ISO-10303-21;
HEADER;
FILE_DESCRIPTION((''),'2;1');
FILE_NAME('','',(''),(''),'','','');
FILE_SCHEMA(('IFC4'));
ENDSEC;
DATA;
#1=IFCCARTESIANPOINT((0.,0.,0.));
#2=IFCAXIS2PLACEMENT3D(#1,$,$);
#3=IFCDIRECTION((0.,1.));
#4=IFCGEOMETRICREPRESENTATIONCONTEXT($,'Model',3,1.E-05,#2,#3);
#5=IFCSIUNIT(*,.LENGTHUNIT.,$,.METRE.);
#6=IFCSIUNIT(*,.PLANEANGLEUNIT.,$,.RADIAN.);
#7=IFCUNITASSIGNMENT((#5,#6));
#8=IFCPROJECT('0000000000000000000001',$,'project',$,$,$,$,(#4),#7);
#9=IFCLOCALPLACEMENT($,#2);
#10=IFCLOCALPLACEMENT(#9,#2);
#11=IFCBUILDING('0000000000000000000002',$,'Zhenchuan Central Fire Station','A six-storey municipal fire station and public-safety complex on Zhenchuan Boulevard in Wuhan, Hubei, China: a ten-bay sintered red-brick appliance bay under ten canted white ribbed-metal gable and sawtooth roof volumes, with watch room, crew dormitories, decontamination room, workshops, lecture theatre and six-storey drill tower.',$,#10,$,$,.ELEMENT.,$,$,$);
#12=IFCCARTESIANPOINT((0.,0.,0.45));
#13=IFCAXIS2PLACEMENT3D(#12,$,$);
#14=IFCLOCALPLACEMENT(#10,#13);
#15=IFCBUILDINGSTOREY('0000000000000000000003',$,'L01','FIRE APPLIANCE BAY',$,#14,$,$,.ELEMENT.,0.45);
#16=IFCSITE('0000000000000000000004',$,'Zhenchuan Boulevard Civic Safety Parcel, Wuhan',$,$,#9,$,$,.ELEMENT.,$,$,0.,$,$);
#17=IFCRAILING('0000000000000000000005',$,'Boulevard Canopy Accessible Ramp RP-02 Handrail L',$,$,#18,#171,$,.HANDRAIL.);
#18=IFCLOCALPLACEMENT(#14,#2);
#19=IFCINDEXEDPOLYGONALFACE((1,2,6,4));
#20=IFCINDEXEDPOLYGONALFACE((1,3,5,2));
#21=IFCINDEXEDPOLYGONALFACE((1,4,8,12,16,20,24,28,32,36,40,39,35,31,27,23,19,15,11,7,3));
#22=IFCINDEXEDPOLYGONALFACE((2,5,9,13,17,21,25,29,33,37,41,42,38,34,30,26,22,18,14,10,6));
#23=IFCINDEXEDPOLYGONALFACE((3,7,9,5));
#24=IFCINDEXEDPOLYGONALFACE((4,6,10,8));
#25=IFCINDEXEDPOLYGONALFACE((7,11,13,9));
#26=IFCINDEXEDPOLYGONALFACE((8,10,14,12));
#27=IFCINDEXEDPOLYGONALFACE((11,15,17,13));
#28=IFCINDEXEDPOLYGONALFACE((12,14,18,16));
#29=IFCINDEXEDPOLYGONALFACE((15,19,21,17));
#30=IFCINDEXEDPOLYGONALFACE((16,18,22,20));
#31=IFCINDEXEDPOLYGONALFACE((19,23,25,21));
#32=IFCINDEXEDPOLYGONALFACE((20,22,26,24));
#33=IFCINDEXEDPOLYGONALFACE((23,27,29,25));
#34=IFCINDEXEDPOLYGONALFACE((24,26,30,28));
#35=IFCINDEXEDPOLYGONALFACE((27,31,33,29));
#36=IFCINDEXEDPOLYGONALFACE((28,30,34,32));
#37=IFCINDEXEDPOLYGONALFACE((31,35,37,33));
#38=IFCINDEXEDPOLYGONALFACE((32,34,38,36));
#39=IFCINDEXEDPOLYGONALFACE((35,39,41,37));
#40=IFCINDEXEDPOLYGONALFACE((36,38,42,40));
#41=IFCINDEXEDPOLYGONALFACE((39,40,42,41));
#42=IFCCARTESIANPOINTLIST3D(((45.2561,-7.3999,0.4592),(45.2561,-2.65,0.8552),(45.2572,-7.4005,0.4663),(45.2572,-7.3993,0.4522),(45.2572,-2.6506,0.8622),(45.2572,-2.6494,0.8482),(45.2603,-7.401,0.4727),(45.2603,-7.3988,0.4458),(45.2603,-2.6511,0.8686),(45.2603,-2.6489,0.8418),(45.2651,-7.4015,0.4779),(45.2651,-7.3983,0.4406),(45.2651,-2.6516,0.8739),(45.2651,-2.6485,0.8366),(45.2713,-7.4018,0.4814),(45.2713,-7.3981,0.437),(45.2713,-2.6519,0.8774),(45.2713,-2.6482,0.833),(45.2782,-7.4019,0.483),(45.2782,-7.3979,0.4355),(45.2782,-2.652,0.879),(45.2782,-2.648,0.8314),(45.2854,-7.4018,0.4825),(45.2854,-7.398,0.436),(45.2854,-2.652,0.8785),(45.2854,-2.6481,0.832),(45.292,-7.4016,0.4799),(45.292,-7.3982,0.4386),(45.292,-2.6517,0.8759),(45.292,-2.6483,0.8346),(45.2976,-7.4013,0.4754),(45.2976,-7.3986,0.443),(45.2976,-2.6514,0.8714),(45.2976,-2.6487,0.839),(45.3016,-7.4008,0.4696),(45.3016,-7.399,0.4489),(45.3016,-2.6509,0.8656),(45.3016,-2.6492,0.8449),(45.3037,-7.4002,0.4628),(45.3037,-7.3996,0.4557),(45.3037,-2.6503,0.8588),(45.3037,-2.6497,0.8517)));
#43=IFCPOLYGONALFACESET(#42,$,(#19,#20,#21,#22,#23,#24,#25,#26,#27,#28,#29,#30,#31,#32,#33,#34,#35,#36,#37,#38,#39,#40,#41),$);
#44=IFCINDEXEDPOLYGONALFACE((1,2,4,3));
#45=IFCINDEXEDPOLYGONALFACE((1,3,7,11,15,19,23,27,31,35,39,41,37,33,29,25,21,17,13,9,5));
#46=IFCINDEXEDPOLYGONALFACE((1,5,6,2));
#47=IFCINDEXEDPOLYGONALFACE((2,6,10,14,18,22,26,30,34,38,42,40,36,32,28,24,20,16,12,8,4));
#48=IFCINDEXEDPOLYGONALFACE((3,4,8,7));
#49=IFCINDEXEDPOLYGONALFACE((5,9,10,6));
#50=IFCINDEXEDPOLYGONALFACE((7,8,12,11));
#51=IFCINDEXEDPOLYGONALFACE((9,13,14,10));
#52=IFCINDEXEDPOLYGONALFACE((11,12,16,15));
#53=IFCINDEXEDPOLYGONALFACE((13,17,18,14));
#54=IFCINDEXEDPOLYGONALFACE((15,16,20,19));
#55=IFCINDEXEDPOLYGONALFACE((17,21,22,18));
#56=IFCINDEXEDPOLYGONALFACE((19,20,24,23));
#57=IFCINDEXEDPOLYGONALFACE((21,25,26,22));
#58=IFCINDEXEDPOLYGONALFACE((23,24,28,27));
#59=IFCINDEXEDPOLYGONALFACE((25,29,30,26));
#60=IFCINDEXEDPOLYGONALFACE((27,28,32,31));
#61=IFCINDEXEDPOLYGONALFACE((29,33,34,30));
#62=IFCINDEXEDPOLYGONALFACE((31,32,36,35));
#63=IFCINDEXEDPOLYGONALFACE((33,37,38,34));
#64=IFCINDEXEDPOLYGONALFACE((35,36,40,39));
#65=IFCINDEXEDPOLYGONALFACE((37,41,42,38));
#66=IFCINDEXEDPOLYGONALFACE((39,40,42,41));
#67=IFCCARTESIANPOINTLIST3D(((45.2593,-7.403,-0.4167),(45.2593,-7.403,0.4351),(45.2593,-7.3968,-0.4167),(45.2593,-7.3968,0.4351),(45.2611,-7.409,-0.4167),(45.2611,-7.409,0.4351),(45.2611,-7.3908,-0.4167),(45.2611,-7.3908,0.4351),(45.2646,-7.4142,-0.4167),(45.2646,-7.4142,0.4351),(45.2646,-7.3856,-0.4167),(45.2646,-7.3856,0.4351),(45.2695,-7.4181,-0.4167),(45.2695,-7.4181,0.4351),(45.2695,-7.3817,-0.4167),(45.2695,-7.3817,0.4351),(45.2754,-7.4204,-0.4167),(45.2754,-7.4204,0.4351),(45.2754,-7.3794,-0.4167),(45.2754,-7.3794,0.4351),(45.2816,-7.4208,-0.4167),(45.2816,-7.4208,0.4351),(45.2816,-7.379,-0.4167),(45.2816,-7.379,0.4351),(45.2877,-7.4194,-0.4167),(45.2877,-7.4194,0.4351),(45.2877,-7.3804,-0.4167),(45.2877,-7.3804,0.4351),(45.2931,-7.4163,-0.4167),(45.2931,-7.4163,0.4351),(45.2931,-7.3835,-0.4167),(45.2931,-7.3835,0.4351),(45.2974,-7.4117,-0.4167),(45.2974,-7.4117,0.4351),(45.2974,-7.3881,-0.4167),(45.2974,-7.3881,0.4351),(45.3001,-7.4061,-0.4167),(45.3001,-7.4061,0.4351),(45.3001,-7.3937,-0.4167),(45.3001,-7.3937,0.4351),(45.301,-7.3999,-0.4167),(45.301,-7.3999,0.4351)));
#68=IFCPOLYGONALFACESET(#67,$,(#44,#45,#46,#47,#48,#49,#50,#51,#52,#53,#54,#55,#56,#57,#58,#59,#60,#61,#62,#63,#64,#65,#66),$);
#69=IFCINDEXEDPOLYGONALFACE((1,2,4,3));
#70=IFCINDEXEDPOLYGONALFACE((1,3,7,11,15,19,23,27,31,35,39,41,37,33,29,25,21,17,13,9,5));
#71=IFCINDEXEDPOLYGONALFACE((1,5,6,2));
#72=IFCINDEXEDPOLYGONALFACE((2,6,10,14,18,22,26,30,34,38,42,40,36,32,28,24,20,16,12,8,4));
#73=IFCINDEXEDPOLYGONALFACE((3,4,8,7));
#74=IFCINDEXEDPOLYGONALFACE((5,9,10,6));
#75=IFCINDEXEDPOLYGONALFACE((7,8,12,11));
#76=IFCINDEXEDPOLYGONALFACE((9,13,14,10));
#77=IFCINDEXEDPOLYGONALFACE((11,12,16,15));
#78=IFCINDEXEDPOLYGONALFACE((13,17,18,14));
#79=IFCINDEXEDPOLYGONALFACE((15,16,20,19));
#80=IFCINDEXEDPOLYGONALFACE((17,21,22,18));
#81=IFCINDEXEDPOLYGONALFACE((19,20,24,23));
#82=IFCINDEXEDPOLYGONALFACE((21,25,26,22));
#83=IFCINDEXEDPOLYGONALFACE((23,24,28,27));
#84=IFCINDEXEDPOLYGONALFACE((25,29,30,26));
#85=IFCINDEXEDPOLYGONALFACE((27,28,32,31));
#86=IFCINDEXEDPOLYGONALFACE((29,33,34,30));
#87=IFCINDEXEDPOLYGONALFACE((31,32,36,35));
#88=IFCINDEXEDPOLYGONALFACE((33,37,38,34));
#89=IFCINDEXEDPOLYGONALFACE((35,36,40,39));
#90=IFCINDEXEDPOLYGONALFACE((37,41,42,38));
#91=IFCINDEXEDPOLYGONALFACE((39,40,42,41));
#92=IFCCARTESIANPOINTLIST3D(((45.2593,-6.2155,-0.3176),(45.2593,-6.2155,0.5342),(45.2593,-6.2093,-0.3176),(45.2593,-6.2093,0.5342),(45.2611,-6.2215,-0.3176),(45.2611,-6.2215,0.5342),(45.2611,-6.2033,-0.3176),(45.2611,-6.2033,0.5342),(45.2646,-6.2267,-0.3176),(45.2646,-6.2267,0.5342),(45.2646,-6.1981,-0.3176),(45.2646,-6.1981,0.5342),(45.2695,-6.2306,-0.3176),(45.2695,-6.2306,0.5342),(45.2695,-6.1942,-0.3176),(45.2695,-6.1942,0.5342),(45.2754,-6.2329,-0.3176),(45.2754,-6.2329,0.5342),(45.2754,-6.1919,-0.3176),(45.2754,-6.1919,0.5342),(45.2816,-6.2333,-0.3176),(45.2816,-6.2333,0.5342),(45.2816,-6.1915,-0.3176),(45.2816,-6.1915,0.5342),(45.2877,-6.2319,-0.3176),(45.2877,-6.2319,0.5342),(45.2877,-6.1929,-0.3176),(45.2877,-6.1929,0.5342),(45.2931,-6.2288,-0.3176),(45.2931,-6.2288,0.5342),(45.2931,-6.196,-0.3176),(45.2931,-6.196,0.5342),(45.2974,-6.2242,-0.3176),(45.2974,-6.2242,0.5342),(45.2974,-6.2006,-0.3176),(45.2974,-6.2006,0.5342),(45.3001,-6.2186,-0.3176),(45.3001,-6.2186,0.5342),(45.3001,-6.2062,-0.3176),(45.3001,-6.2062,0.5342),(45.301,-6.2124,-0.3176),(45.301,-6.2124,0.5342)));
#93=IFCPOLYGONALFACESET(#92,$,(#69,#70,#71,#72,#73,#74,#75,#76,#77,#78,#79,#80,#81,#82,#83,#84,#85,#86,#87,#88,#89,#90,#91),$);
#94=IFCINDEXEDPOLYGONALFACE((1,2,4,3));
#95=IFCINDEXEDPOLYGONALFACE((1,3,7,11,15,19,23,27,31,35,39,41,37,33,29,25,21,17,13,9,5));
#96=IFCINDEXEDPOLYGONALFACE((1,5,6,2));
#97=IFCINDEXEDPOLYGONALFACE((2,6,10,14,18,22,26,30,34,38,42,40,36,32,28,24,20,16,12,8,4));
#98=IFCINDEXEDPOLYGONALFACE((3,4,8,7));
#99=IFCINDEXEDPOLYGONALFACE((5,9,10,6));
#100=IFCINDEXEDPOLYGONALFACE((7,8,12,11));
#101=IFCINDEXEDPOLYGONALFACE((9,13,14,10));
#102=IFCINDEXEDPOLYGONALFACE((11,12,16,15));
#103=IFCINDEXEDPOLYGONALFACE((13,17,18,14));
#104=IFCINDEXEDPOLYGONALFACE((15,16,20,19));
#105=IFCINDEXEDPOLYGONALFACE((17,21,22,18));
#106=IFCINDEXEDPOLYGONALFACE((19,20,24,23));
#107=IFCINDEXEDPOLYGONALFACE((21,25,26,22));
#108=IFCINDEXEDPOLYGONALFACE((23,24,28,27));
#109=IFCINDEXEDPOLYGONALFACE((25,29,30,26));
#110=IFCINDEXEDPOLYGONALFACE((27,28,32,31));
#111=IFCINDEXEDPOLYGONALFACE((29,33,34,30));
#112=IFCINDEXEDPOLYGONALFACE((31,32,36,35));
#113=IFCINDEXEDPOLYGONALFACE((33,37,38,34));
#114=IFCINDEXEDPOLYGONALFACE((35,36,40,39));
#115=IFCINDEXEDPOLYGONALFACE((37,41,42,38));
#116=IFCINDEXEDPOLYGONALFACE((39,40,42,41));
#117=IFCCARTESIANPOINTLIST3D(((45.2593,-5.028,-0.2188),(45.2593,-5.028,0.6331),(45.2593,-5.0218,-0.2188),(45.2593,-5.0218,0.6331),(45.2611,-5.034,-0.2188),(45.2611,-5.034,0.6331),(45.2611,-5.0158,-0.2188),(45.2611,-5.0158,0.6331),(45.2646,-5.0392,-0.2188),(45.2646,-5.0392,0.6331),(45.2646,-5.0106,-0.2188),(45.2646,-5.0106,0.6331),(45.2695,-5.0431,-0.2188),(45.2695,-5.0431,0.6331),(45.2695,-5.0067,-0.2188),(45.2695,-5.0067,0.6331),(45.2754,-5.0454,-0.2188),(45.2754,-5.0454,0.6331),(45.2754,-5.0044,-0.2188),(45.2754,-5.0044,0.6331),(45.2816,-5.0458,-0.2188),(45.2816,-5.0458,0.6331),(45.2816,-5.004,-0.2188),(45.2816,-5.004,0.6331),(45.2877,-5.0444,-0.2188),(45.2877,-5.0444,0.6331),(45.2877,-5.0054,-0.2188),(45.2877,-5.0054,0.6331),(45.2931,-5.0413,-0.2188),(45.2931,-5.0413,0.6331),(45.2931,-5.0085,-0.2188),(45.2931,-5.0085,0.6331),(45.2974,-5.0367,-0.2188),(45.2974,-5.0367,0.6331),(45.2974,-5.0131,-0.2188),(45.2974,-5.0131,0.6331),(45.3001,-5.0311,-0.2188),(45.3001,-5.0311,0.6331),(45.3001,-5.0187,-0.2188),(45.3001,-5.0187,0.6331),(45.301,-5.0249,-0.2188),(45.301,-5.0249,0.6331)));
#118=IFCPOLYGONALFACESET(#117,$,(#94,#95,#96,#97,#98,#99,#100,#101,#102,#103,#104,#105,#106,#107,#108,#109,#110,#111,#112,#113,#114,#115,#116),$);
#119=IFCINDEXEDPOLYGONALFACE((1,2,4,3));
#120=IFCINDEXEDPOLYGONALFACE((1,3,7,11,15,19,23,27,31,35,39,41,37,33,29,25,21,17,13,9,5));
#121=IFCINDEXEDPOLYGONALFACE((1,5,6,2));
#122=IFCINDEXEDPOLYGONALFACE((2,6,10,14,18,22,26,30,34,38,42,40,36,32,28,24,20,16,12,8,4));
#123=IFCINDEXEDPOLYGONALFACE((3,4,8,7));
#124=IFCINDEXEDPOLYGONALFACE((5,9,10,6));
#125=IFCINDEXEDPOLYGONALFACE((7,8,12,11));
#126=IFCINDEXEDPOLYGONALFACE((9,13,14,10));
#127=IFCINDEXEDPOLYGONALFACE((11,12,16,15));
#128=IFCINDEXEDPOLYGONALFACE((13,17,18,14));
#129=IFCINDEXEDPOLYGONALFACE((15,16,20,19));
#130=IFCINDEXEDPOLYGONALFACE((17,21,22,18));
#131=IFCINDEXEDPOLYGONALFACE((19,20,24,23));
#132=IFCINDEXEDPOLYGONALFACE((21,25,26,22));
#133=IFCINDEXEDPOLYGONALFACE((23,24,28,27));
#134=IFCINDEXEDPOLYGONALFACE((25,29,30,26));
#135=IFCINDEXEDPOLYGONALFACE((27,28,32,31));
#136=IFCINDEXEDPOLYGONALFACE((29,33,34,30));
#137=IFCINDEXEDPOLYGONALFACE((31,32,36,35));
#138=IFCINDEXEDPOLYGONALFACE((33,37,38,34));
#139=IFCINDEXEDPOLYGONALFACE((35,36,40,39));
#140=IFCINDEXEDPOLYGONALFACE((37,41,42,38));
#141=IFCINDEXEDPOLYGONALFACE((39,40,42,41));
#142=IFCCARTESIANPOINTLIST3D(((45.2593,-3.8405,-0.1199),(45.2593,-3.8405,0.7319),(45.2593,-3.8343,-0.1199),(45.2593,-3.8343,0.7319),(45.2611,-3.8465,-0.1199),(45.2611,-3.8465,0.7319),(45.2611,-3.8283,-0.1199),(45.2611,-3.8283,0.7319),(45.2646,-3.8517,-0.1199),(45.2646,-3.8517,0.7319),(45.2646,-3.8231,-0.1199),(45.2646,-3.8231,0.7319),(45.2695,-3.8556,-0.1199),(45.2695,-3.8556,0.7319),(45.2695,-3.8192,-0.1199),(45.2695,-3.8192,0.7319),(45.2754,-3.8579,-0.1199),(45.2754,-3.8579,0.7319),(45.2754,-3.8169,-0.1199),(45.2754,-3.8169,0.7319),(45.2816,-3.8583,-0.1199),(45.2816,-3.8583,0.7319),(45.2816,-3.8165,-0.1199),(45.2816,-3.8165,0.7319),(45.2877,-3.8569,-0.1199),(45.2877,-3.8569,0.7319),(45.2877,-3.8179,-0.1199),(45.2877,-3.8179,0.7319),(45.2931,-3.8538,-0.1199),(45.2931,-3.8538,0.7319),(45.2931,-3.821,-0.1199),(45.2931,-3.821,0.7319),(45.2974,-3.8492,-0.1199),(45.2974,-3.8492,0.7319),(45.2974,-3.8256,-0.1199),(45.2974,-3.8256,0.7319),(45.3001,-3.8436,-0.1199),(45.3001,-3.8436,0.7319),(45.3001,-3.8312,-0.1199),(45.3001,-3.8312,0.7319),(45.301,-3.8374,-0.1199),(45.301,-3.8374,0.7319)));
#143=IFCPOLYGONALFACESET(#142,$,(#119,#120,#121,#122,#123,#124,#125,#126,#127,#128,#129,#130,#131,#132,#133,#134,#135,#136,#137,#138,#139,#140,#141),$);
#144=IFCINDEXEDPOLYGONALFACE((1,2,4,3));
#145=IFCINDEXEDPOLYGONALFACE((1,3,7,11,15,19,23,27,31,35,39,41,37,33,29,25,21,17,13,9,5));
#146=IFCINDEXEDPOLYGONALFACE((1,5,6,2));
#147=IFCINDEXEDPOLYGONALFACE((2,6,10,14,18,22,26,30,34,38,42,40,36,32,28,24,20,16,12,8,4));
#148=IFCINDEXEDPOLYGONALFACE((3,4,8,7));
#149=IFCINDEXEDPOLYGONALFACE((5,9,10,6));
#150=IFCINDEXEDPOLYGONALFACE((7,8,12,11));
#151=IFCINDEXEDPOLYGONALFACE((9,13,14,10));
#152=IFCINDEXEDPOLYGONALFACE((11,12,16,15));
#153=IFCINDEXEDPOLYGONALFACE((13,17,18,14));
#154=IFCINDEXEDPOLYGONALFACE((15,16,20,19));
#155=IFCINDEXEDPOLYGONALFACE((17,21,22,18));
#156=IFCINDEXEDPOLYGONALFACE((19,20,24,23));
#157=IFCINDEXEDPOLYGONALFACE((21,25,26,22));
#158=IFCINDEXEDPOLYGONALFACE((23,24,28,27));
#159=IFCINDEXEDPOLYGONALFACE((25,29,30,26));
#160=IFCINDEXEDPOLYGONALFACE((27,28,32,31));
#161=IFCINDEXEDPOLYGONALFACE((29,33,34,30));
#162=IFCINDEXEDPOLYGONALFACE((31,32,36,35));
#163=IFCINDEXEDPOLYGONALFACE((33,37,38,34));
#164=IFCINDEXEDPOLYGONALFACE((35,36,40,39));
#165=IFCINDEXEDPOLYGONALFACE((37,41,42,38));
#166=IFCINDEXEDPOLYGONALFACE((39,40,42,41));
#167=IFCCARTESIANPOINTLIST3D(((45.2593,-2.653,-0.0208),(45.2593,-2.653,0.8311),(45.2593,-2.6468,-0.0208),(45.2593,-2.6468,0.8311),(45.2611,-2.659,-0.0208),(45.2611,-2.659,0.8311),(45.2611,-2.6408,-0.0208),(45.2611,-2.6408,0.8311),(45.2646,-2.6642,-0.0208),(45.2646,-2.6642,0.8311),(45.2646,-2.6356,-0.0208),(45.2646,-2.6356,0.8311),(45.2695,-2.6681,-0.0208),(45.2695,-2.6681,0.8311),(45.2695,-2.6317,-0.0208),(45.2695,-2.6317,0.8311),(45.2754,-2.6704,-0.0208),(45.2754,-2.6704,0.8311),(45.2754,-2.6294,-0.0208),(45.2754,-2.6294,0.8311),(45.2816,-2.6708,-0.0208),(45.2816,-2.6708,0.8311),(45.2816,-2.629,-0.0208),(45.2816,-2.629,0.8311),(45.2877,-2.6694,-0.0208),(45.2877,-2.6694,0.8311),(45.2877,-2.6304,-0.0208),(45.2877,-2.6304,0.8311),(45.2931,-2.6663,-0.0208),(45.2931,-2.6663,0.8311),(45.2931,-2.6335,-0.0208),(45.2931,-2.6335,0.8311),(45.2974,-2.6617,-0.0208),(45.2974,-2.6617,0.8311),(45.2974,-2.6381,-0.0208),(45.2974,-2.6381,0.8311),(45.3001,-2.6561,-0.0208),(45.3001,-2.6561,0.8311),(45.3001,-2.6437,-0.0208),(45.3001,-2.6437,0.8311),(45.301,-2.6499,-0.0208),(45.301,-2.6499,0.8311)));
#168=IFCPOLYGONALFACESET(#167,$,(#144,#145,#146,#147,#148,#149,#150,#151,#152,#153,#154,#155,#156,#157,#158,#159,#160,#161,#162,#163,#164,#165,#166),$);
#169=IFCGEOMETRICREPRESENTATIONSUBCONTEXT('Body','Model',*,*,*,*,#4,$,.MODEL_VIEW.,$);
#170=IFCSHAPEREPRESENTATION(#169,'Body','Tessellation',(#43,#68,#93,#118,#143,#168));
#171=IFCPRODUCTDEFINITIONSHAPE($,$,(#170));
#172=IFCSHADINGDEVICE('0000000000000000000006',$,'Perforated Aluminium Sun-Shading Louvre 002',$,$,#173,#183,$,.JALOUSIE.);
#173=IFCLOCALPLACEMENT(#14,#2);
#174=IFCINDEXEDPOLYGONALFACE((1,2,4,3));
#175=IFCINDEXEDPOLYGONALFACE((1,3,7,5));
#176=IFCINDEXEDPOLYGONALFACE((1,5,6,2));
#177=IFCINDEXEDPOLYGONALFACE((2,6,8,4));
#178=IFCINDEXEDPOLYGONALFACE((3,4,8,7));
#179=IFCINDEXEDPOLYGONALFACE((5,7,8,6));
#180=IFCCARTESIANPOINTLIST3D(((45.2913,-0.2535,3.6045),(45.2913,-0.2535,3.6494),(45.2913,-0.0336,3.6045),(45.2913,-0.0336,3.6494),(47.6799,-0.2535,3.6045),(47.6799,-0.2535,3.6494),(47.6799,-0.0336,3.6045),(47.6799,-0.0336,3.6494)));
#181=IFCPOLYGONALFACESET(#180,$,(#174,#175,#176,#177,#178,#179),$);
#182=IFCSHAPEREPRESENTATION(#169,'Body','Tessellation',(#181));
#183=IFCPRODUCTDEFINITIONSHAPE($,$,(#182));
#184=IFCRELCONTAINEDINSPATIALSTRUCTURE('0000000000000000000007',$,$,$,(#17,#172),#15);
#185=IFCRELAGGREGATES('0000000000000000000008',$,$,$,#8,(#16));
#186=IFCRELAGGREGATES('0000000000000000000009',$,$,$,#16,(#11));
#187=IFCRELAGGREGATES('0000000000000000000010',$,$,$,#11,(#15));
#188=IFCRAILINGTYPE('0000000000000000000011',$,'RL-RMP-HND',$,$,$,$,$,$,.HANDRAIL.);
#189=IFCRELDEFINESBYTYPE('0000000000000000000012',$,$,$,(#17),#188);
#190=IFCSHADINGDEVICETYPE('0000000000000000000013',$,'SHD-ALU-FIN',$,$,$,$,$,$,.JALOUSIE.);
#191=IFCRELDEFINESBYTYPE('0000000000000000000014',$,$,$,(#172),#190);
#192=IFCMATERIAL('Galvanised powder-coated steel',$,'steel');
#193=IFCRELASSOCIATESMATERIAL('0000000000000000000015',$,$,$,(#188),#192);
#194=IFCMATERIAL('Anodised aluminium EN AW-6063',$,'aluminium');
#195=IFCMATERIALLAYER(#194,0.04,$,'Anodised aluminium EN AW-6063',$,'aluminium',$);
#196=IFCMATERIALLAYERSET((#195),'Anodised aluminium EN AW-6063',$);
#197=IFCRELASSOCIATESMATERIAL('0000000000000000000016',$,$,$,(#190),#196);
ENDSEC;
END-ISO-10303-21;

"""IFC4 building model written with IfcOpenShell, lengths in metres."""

from ifc_helpers import new_model, si_unit, direction, frame, origin, origin_2d, place, context, subcontext, project, spatial, rectangle, circle, extrude, material, layer, layer_set, type_object, element, save


model = new_model("IFC4")

# Units and contexts
model_context = context("Model", 3, precision=1e-05, world=origin(), true_north=direction((0.0, 1.0)))
body_context = subcontext(model_context, "Body", "Model", "MODEL_VIEW")
ifc_project = project(units=[si_unit("LENGTHUNIT", "METRE"), si_unit("PLANEANGLEUNIT", "RADIAN")], contexts=[model_context])

# Site, building, storey
site_placement = place(None, origin())
site = spatial("IfcSite", under=ifc_project, at=site_placement, Name="Zhenchuan Boulevard Civic Safety Parcel, Wuhan", CompositionType="ELEMENT", RefElevation=0.0)
building_placement = place(site_placement, origin())
building = spatial("IfcBuilding", under=site, at=building_placement, Name="Zhenchuan Central Fire Station", Description="A six-storey municipal fire station and public-safety complex on Zhenchuan Boulevard in Wuhan, Hubei, China: a ten-bay sintered red-brick appliance bay under ten canted white ribbed-metal gable and sawtooth roof volumes, with watch room, crew dormitories, decontamination room, workshops, lecture theatre and six-storey drill tower.", CompositionType="ELEMENT")
storey_placement = place(building_placement, frame((0.0, 0.0, 0.45)))
storey = spatial("IfcBuildingStorey", under=building, at=storey_placement, Name="L01", Description="FIRE APPLIANCE BAY", CompositionType="ELEMENT", Elevation=0.45)

# Shared definitions
ifc_material_1 = material(Name="Anodised aluminium EN AW-6063", Category="aluminium")

# Railing
ifc_material_2 = material(Name="Galvanised powder-coated steel", Category="steel")
railing_type = type_object("IfcRailingType", Name="RL-RMP-HND", PredefinedType="HANDRAIL", material=ifc_material_2)
railing_placement = place(storey_placement, frame((45.28, -7.3999, -0.4167)))
element("IfcRailing", 1, at=railing_placement, inside=storey, type_object=railing_type, Name="Boulevard Canopy Accessible Ramp RP-02 Handrail L", PredefinedType="HANDRAIL", context=body_context, shape_type="SweptSolid", body=[
    extrude(circle(Radius=0.0239, at=origin_2d()), frame((0.0, 0.0, 0.876), z_axis=(0.0, 0.996543, 0.083079), x_axis=(-1.0, 0.0, 0.0)), (0.0, 0.0, 1.0), 4.7664),
    extrude(circle(Radius=0.021, at=origin_2d()), origin(), (0.0, 0.0, 1.0), 0.8518),
    extrude(circle(Radius=0.021, at=origin_2d()), frame((0.0, 1.1875, 0.0991)), (0.0, 0.0, 1.0), 0.8518),
    extrude(circle(Radius=0.021, at=origin_2d()), frame((0.0, 2.375, 0.198)), (0.0, 0.0, 1.0), 0.8518),
    extrude(circle(Radius=0.021, at=origin_2d()), frame((0.0, 3.5625, 0.2969)), (0.0, 0.0, 1.0), 0.8518),
    extrude(circle(Radius=0.021, at=origin_2d()), frame((0.0, 4.75, 0.396)), (0.0, 0.0, 1.0), 0.8518),
])

# Shading device
ifc_layer_1 = layer(ifc_material_1, 0.04, Name="Anodised aluminium EN AW-6063", Category="aluminium")
ifc_layer_set_1 = layer_set([ifc_layer_1], Name="Anodised aluminium EN AW-6063")
shading_device_type = type_object("IfcShadingDeviceType", Name="SHD-ALU-FIN", PredefinedType="JALOUSIE", material=ifc_layer_set_1)
shading_device_placement = place(storey_placement, frame((46.4856, -0.1436, 3.6045), z_axis=(0.0, 0.0, 1.0), x_axis=(1.0, 0.0, 0.0)))
element("IfcShadingDevice", 2, at=shading_device_placement, inside=storey, type_object=shading_device_type, Name="Perforated Aluminium Sun-Shading Louvre 002", PredefinedType="JALOUSIE", context=body_context, shape_type="SweptSolid", body=[
    extrude(rectangle(XDim=2.3887, YDim=0.22, at=origin_2d()), origin(), (0.0, 0.0, 1.0), 0.0449),
])

save(model, "model.ifc")
